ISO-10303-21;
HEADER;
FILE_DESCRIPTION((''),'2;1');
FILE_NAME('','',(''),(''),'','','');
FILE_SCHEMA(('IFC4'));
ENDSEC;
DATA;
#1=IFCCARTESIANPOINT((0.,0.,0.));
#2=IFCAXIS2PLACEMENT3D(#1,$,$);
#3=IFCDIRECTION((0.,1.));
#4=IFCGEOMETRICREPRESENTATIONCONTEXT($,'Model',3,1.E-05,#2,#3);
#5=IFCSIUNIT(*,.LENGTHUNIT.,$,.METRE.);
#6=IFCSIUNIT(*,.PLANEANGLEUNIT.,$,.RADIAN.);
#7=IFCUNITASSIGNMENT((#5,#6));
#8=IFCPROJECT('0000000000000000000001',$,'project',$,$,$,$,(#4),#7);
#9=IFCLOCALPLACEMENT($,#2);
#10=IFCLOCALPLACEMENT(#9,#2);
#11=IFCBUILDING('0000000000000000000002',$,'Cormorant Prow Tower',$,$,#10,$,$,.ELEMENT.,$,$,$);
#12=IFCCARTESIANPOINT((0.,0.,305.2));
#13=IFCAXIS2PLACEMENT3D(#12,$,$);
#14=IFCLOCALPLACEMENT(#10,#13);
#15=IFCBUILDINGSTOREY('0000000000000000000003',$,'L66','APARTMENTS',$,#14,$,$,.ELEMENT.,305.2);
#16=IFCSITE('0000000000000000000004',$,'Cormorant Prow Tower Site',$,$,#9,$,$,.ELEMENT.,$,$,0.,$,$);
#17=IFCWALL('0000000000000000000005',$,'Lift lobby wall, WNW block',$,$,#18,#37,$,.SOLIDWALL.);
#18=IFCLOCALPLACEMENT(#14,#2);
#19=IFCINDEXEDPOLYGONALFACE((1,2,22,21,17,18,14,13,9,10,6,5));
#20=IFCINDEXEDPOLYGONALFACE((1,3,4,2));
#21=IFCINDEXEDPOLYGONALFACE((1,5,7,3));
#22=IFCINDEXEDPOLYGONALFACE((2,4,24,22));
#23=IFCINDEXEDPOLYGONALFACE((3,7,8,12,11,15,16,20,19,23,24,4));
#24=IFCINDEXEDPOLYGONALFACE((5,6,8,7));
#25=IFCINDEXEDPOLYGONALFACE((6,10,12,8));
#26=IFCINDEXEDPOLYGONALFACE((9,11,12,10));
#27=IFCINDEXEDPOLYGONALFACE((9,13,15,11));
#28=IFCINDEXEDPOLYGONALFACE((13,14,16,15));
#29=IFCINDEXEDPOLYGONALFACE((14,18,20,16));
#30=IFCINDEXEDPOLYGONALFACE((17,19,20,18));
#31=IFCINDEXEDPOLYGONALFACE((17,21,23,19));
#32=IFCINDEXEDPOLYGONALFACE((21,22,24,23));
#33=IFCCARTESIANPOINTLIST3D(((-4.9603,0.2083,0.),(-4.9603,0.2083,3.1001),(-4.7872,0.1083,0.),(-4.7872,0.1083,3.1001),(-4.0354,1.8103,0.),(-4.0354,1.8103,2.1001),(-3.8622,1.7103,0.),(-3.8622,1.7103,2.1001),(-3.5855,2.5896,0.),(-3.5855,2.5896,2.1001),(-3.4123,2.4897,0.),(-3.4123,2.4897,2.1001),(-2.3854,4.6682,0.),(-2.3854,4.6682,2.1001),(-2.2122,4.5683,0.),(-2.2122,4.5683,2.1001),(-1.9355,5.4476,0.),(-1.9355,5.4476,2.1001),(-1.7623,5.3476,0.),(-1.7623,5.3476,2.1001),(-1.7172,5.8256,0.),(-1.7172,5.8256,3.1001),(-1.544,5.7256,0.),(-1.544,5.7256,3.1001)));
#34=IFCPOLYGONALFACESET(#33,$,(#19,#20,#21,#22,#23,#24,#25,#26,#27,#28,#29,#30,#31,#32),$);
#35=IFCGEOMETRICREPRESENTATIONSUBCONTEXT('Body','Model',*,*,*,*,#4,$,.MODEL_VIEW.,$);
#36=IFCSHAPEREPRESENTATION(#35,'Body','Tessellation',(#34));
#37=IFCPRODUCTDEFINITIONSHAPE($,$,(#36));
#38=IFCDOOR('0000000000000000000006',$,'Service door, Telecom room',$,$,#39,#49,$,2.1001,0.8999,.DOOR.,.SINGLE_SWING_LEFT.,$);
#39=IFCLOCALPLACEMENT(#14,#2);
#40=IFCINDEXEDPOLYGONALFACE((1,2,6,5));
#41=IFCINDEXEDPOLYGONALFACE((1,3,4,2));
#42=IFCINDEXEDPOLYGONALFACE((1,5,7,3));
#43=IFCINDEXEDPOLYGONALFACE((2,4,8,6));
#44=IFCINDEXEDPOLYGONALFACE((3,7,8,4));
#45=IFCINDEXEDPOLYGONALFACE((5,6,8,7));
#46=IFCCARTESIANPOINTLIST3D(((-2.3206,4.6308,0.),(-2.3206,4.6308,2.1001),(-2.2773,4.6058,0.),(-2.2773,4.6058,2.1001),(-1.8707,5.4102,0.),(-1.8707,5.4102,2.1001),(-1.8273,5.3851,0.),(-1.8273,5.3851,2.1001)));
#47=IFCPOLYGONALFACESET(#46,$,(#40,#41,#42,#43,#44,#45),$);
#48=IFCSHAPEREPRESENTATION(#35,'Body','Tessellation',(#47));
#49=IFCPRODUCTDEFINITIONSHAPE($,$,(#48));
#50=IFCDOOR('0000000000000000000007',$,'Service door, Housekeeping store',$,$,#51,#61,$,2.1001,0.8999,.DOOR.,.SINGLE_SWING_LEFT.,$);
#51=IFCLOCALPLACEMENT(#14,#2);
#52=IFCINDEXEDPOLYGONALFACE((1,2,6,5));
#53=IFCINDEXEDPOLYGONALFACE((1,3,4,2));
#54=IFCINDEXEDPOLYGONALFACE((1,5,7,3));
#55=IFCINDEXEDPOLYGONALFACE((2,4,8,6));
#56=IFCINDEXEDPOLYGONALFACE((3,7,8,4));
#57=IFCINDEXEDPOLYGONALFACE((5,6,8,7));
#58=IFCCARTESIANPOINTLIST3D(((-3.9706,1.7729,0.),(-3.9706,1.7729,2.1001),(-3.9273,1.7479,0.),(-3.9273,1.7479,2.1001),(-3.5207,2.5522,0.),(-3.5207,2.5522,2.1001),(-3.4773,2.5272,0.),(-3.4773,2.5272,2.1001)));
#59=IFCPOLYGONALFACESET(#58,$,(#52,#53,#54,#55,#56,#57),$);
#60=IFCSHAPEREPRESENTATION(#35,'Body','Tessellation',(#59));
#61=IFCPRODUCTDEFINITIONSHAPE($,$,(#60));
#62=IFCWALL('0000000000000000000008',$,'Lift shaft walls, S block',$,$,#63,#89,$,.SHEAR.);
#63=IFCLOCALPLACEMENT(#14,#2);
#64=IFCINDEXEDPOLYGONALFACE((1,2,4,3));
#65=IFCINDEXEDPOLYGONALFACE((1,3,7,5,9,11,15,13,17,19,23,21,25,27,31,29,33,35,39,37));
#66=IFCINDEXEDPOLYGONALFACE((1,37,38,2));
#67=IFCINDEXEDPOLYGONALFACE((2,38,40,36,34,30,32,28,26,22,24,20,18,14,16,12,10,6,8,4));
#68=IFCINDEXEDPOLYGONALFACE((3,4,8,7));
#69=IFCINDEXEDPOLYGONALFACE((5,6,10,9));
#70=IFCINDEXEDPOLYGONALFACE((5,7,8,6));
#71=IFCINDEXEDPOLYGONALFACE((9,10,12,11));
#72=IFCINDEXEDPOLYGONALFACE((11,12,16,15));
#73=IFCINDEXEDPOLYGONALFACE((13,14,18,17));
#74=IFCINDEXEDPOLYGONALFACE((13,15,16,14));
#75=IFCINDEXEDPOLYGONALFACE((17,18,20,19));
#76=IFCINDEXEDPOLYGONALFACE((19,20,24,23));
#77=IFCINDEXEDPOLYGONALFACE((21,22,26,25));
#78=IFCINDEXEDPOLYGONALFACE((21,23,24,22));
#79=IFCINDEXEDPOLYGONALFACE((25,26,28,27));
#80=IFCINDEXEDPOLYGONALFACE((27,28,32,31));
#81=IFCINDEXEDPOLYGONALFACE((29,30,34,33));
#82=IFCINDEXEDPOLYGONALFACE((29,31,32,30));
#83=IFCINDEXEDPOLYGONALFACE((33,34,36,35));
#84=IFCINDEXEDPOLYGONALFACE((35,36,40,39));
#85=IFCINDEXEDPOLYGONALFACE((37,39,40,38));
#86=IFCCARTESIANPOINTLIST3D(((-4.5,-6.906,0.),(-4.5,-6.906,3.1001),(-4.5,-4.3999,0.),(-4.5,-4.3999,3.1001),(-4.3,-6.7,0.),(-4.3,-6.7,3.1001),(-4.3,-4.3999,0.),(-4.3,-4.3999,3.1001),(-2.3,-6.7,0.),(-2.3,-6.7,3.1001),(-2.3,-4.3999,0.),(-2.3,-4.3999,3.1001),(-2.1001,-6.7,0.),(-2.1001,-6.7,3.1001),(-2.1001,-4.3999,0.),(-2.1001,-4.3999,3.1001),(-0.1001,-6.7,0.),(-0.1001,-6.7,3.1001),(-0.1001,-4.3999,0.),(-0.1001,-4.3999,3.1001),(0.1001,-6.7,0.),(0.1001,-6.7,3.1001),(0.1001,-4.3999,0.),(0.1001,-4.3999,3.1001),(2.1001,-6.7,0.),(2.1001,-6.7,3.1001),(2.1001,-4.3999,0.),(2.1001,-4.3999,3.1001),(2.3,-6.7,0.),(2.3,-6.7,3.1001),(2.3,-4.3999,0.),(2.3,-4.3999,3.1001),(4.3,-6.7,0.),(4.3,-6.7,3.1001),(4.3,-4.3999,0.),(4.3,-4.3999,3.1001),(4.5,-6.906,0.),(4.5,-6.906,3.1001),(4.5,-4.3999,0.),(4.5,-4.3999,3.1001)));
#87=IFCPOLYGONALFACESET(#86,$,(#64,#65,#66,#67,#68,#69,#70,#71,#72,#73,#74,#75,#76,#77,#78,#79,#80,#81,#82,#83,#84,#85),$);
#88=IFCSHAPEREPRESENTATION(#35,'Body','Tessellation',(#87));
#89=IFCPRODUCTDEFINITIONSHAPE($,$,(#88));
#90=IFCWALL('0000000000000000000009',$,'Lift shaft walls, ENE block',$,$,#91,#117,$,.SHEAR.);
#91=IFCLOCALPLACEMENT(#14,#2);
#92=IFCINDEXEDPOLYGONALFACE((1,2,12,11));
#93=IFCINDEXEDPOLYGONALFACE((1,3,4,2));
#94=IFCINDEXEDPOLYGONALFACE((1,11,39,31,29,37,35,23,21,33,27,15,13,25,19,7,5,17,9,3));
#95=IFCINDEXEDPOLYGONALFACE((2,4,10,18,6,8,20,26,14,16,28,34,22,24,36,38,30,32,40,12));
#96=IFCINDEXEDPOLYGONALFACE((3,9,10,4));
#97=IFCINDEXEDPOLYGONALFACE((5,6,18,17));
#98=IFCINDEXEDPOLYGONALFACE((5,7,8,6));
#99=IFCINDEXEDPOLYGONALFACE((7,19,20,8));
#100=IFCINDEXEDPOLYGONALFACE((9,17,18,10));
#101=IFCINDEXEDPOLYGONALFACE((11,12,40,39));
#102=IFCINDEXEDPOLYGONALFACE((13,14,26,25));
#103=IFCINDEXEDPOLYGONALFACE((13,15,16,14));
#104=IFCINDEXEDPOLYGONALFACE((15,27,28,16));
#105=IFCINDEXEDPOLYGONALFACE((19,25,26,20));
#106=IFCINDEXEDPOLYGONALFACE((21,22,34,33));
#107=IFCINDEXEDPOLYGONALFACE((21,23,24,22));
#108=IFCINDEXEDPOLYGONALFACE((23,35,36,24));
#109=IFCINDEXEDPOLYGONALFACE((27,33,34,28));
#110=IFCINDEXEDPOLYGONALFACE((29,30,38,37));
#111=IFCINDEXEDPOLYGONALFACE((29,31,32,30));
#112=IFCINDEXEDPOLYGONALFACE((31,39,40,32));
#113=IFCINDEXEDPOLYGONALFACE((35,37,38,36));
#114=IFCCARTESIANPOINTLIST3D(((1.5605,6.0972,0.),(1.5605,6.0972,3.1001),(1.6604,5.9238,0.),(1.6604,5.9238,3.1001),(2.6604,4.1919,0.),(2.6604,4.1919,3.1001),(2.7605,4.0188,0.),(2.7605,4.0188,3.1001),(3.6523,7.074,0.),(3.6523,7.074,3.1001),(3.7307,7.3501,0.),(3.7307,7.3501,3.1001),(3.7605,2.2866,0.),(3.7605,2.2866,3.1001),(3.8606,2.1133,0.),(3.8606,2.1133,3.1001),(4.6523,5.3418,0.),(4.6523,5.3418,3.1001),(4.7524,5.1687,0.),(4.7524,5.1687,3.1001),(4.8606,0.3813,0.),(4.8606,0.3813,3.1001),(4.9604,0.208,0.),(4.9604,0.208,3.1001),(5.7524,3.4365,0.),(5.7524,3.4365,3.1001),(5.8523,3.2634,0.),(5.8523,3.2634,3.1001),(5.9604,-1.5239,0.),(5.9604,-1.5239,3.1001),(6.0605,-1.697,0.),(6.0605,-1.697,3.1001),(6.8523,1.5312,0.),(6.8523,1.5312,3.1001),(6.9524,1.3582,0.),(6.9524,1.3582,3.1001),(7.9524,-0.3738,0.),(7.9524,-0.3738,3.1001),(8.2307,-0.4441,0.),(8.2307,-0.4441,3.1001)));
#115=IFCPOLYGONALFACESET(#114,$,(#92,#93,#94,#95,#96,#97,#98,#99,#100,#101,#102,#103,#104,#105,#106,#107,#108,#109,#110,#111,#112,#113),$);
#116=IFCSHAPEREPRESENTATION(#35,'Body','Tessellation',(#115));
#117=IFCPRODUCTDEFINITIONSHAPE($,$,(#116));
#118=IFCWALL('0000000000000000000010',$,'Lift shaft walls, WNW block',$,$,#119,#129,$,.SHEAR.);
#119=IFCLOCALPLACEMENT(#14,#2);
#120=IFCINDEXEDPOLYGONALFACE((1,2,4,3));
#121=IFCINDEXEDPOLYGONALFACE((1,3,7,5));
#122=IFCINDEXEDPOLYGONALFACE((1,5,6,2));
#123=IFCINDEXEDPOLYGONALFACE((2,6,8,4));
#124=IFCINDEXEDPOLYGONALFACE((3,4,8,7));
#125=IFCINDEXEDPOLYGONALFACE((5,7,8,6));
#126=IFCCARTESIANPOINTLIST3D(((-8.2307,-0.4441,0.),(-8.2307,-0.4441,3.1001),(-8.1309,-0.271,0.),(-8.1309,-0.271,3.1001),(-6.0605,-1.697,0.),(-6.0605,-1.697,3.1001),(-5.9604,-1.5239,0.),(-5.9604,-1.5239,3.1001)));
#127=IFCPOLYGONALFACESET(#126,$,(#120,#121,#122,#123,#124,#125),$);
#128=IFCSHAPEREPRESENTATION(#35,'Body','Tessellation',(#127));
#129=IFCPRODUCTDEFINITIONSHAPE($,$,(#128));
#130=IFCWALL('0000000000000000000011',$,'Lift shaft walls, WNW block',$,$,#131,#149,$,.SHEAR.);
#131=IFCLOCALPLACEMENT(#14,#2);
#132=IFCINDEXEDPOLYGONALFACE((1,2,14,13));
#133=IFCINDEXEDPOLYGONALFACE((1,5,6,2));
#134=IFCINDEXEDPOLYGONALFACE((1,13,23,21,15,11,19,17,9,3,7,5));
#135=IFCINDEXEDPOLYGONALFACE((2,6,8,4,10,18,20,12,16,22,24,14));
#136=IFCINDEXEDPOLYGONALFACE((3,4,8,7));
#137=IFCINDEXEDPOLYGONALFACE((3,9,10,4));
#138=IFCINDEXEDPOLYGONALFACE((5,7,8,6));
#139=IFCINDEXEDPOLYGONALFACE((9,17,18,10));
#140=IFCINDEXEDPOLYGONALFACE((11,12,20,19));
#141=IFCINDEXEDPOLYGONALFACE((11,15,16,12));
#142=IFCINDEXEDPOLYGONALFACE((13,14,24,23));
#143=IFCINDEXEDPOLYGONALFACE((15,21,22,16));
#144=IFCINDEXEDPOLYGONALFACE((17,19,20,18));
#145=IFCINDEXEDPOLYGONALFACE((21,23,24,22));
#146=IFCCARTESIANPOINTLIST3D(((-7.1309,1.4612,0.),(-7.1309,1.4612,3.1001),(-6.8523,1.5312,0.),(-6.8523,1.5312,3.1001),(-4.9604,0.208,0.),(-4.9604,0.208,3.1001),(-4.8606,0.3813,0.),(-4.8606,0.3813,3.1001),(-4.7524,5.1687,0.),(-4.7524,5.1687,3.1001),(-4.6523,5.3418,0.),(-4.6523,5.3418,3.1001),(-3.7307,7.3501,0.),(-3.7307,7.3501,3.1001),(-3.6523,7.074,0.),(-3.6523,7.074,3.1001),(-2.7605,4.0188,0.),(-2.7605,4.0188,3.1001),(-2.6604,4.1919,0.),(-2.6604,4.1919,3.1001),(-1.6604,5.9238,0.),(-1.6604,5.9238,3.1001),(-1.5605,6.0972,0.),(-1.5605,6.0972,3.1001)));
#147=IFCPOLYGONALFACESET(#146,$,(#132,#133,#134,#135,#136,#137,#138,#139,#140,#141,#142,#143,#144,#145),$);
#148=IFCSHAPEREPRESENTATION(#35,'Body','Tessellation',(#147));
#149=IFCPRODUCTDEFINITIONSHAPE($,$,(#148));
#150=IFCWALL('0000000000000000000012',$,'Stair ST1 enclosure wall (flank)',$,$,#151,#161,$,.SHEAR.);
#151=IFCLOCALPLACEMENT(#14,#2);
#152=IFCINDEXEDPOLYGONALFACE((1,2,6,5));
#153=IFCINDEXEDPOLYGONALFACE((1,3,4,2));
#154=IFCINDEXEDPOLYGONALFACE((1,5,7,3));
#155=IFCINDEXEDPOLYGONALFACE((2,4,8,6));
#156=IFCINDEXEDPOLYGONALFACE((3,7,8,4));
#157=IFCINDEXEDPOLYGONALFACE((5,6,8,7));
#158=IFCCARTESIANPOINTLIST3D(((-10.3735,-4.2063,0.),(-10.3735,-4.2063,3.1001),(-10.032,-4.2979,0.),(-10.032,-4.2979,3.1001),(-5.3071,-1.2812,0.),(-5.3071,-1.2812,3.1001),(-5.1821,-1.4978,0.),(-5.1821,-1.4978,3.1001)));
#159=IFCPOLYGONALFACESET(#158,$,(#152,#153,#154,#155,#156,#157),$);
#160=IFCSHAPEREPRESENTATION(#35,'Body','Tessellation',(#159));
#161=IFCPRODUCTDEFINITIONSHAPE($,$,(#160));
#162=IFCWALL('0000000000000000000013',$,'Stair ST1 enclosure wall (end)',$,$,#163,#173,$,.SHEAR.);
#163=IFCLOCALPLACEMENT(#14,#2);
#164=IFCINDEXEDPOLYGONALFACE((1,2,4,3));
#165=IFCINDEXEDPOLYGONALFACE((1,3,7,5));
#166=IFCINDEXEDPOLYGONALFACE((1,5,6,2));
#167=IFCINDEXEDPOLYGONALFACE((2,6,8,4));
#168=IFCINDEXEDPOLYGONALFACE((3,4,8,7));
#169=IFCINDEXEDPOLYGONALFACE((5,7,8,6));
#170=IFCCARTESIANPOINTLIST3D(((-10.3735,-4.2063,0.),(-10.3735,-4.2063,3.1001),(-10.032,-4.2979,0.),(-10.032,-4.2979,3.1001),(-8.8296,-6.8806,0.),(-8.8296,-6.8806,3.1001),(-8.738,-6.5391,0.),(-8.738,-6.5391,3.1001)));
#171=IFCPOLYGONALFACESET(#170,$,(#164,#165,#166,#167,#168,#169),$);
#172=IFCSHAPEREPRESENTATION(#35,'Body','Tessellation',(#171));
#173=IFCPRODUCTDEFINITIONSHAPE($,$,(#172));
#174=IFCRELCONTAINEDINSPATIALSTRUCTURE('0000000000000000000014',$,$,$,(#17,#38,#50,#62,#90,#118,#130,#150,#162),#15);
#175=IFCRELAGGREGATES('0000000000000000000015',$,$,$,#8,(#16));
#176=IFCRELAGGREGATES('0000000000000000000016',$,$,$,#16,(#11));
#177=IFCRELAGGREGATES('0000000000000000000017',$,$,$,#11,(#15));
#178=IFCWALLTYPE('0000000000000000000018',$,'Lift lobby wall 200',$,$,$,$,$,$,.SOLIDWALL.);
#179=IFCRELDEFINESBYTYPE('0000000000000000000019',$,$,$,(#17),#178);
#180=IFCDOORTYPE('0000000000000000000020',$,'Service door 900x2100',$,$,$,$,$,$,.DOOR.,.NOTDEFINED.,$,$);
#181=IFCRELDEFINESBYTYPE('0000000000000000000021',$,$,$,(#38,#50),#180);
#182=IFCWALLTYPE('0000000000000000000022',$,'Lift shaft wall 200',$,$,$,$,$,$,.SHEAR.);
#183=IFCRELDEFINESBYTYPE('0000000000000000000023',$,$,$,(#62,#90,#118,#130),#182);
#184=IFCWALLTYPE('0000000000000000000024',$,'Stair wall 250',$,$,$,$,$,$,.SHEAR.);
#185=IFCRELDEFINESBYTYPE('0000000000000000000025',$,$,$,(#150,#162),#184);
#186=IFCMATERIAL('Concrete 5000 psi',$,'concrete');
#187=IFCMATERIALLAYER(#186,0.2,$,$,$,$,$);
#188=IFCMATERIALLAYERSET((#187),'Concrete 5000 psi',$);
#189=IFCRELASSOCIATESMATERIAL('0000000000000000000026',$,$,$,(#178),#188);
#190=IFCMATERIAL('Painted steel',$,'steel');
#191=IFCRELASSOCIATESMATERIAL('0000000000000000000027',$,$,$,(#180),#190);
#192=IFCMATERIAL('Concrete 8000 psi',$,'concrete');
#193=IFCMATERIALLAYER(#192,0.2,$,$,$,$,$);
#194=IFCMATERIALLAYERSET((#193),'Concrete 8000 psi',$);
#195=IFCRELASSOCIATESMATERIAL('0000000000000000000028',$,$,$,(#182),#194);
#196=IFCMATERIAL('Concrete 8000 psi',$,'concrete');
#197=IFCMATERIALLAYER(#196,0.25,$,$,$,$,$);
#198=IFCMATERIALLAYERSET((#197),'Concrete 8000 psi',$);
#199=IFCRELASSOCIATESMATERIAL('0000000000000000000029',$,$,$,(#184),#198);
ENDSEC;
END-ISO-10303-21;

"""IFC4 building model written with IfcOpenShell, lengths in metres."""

from ifc_helpers import new_model, si_unit, direction, frame, frame_2d, origin, place, context, subcontext, project, spatial, polyline, rectangle, outline, extrude, material, layer, layer_set, type_object, element, fill, save


model = new_model("IFC4")

# Units and contexts
model_context = context("Model", 3, precision=1e-05, world=origin(), true_north=direction((0.0, 1.0)))
body_context = subcontext(model_context, "Body", "Model", "MODEL_VIEW")
ifc_project = project(units=[si_unit("LENGTHUNIT", "METRE"), si_unit("PLANEANGLEUNIT", "RADIAN")], contexts=[model_context])

# Site, building, storey
site_placement = place(None, origin())
site = spatial("IfcSite", under=ifc_project, at=site_placement, Name="Cormorant Prow Tower Site", CompositionType="ELEMENT", RefElevation=0.0)
building_placement = place(site_placement, origin())
building = spatial("IfcBuilding", under=site, at=building_placement, Name="Cormorant Prow Tower", CompositionType="ELEMENT")
storey_placement = place(building_placement, frame((0.0, 0.0, 305.2)))
storey = spatial("IfcBuildingStorey", under=building, at=storey_placement, Name="L66", Description="APARTMENTS", CompositionType="ELEMENT", Elevation=305.2)

# Wall, openings, doors
ifc_material_1 = material(Name="Concrete 5000 psi", Category="concrete")
ifc_layer_1 = layer(ifc_material_1, 0.2)
ifc_layer_set_1 = layer_set([ifc_layer_1], Name="Concrete 5000 psi")
wall_type_1 = type_object("IfcWallType", Name="Lift lobby wall 200", PredefinedType="SOLIDWALL", material=ifc_layer_set_1)
wall_1_placement = place(storey_placement, frame((-1.6306, 5.7756, 0.0), z_axis=(0.0, 0.0, 1.0), x_axis=(-0.499993, -0.86603, 0.0)))
wall_1 = element("IfcWall", 1, at=wall_1_placement, inside=storey, type_object=wall_type_1, Name="Lift lobby wall, WNW block", PredefinedType="SOLIDWALL", context=body_context, shape_type="SweptSolid", body=[
    extrude(rectangle(XDim=6.4863, YDim=0.2, at=frame_2d((3.2432, 0.0))), origin(), (0.0, 0.0, 1.0), 3.1001),
])
opening_1_placement = place(wall_1_placement, frame((0.4365, 0.0, 0.0)))
opening_1 = element("IfcOpeningElement", 2, at=opening_1_placement, cuts=wall_1, PredefinedType="OPENING", context=body_context, shape_type="SweptSolid", body=[
    extrude(rectangle(XDim=0.8999, YDim=2.1001, at=frame_2d((0.45, 1.05))), frame((0.0, 0.1099, 0.0), z_axis=(0.0, -1.0, 0.0), x_axis=(1.0, 0.0, 0.0)), (0.0, 0.0, 1.0), 0.22),
])
opening_2_placement = place(wall_1_placement, frame((3.7366, 0.0, 0.0)))
opening_2 = element("IfcOpeningElement", 3, at=opening_2_placement, cuts=wall_1, PredefinedType="OPENING", context=body_context, shape_type="SweptSolid", body=[
    extrude(rectangle(XDim=0.8999, YDim=2.1001, at=frame_2d((0.45, 1.05))), frame((0.0, 0.1099, 0.0), z_axis=(0.0, -1.0, 0.0), x_axis=(1.0, 0.0, 0.0)), (0.0, 0.0, 1.0), 0.22),
])
ifc_material_2 = material(Name="Painted steel", Category="steel")
door_type_1 = type_object("IfcDoorType", Name="Service door 900x2100", OperationType="NOTDEFINED", PredefinedType="DOOR", material=ifc_material_2)
door_1_placement = place(opening_1_placement, origin())
door_1 = element("IfcDoor", 4, at=door_1_placement, inside=storey, type_object=door_type_1, Name="Service door, Telecom room", OperationType="SINGLE_SWING_LEFT", OverallHeight=2.1001, OverallWidth=0.8999, PredefinedType="DOOR", context=body_context, shape_type="SweptSolid", body=[
    extrude(rectangle(XDim=0.8999, YDim=2.1001, at=frame_2d((0.45, 1.05))), frame((0.0, 0.0249, 0.0), z_axis=(0.0, -1.0, 0.0), x_axis=(1.0, 0.0, 0.0)), (0.0, 0.0, 1.0), 0.05),
])
fill(opening_1, door_1)
door_2_placement = place(opening_2_placement, origin())
door_2 = element("IfcDoor", 5, at=door_2_placement, inside=storey, type_object=door_type_1, Name="Service door, Housekeeping store", OperationType="SINGLE_SWING_LEFT", OverallHeight=2.1001, OverallWidth=0.8999, PredefinedType="DOOR", context=body_context, shape_type="SweptSolid", body=[
    extrude(rectangle(XDim=0.8999, YDim=2.1001, at=frame_2d((0.45, 1.05))), frame((0.0, 0.0249, 0.0), z_axis=(0.0, -1.0, 0.0), x_axis=(1.0, 0.0, 0.0)), (0.0, 0.0, 1.0), 0.05),
])
fill(opening_2, door_2)

# Walls
ifc_material_3 = material(Name="Concrete 8000 psi", Category="concrete")
ifc_layer_2 = layer(ifc_material_3, 0.2)
ifc_layer_set_2 = layer_set([ifc_layer_2], Name="Concrete 8000 psi")
wall_type_2 = type_object("IfcWallType", Name="Lift shaft wall 200", PredefinedType="SHEAR", material=ifc_layer_set_2)
wall_2_placement = place(storey_placement, origin())
element("IfcWall", 6, at=wall_2_placement, inside=storey, type_object=wall_type_2, Name="Lift shaft walls, S block", PredefinedType="SHEAR", context=body_context, shape_type="SweptSolid", body=[
    extrude(outline(polyline([(4.5, -4.3999), (4.5, -6.906), (-4.5, -6.906), (-4.5, -4.3999), (-4.3, -4.3999), (-4.3, -6.7), (-2.3, -6.7), (-2.3, -4.3999), (-2.1001, -4.3999), (-2.1001, -6.7), (-0.1001, -6.7), (-0.1001, -4.3999), (0.1001, -4.3999), (0.1001, -6.7), (2.1001, -6.7), (2.1001, -4.3999), (2.3, -4.3999), (2.3, -6.7), (4.3, -6.7), (4.3, -4.3999), (4.5, -4.3999)])), origin(), (0.0, 0.0, 1.0), 3.1001),
])
wall_3_placement = place(storey_placement, origin())
element("IfcWall", 7, at=wall_3_placement, inside=storey, type_object=wall_type_2, Name="Lift shaft walls, ENE block", PredefinedType="SHEAR", context=body_context, shape_type="SweptSolid", body=[
    extrude(outline(polyline([(1.5605, 6.0972), (3.7307, 7.3501), (8.2307, -0.4441), (6.0605, -1.697), (5.9604, -1.5239), (7.9524, -0.3738), (6.9524, 1.3582), (4.9604, 0.208), (4.8606, 0.3813), (6.8523, 1.5312), (5.8523, 3.2634), (3.8606, 2.1133), (3.7605, 2.2866), (5.7524, 3.4365), (4.7524, 5.1687), (2.7605, 4.0188), (2.6604, 4.1919), (4.6523, 5.3418), (3.6523, 7.074), (1.6604, 5.9238), (1.5605, 6.0972)])), origin(), (0.0, 0.0, 1.0), 3.1001),
])
wall_4_placement = place(storey_placement, origin())
element("IfcWall", 8, at=wall_4_placement, inside=storey, type_object=wall_type_2, Name="Lift shaft walls, WNW block", PredefinedType="SHEAR", context=body_context, shape_type="SweptSolid", body=[
    extrude(outline(polyline([(-6.0605, -1.697), (-8.2307, -0.4441), (-8.1309, -0.271), (-5.9604, -1.5239), (-6.0605, -1.697)])), origin(), (0.0, 0.0, 1.0), 3.1001),
])
wall_5_placement = place(storey_placement, origin())
element("IfcWall", 9, at=wall_5_placement, inside=storey, type_object=wall_type_2, Name="Lift shaft walls, WNW block", PredefinedType="SHEAR", context=body_context, shape_type="SweptSolid", body=[
    extrude(outline(polyline([(-4.9604, 0.208), (-7.1309, 1.4612), (-3.7307, 7.3501), (-1.5605, 6.0972), (-1.6604, 5.9238), (-3.6523, 7.074), (-4.6523, 5.3418), (-2.6604, 4.1919), (-2.7605, 4.0188), (-4.7524, 5.1687), (-6.8523, 1.5312), (-4.8606, 0.3813), (-4.9604, 0.208)])), origin(), (0.0, 0.0, 1.0), 3.1001),
])
ifc_material_4 = material(Name="Concrete 8000 psi", Category="concrete")
ifc_layer_3 = layer(ifc_material_4, 0.25)
ifc_layer_set_3 = layer_set([ifc_layer_3], Name="Concrete 8000 psi")
wall_type_3 = type_object("IfcWallType", Name="Stair wall 250", PredefinedType="SHEAR", material=ifc_layer_set_3)
wall_6_placement = place(storey_placement, origin())
element("IfcWall", 10, at=wall_6_placement, inside=storey, type_object=wall_type_3, Name="Stair ST1 enclosure wall (flank)", PredefinedType="SHEAR", context=body_context, shape_type="SweptSolid", body=[
    extrude(outline(polyline([(-5.3071, -1.2812), (-10.3735, -4.2063), (-10.032, -4.2979), (-5.1821, -1.4978), (-5.3071, -1.2812)])), origin(), (0.0, 0.0, 1.0), 3.1001),
])
wall_7_placement = place(storey_placement, origin())
element("IfcWall", 11, at=wall_7_placement, inside=storey, type_object=wall_type_3, Name="Stair ST1 enclosure wall (end)", PredefinedType="SHEAR", context=body_context, shape_type="SweptSolid", body=[
    extrude(outline(polyline([(-10.3735, -4.2063), (-8.8296, -6.8806), (-8.738, -6.5391), (-10.032, -4.2979), (-10.3735, -4.2063)])), origin(), (0.0, 0.0, 1.0), 3.1001),
])

save(model, "model.ifc")
